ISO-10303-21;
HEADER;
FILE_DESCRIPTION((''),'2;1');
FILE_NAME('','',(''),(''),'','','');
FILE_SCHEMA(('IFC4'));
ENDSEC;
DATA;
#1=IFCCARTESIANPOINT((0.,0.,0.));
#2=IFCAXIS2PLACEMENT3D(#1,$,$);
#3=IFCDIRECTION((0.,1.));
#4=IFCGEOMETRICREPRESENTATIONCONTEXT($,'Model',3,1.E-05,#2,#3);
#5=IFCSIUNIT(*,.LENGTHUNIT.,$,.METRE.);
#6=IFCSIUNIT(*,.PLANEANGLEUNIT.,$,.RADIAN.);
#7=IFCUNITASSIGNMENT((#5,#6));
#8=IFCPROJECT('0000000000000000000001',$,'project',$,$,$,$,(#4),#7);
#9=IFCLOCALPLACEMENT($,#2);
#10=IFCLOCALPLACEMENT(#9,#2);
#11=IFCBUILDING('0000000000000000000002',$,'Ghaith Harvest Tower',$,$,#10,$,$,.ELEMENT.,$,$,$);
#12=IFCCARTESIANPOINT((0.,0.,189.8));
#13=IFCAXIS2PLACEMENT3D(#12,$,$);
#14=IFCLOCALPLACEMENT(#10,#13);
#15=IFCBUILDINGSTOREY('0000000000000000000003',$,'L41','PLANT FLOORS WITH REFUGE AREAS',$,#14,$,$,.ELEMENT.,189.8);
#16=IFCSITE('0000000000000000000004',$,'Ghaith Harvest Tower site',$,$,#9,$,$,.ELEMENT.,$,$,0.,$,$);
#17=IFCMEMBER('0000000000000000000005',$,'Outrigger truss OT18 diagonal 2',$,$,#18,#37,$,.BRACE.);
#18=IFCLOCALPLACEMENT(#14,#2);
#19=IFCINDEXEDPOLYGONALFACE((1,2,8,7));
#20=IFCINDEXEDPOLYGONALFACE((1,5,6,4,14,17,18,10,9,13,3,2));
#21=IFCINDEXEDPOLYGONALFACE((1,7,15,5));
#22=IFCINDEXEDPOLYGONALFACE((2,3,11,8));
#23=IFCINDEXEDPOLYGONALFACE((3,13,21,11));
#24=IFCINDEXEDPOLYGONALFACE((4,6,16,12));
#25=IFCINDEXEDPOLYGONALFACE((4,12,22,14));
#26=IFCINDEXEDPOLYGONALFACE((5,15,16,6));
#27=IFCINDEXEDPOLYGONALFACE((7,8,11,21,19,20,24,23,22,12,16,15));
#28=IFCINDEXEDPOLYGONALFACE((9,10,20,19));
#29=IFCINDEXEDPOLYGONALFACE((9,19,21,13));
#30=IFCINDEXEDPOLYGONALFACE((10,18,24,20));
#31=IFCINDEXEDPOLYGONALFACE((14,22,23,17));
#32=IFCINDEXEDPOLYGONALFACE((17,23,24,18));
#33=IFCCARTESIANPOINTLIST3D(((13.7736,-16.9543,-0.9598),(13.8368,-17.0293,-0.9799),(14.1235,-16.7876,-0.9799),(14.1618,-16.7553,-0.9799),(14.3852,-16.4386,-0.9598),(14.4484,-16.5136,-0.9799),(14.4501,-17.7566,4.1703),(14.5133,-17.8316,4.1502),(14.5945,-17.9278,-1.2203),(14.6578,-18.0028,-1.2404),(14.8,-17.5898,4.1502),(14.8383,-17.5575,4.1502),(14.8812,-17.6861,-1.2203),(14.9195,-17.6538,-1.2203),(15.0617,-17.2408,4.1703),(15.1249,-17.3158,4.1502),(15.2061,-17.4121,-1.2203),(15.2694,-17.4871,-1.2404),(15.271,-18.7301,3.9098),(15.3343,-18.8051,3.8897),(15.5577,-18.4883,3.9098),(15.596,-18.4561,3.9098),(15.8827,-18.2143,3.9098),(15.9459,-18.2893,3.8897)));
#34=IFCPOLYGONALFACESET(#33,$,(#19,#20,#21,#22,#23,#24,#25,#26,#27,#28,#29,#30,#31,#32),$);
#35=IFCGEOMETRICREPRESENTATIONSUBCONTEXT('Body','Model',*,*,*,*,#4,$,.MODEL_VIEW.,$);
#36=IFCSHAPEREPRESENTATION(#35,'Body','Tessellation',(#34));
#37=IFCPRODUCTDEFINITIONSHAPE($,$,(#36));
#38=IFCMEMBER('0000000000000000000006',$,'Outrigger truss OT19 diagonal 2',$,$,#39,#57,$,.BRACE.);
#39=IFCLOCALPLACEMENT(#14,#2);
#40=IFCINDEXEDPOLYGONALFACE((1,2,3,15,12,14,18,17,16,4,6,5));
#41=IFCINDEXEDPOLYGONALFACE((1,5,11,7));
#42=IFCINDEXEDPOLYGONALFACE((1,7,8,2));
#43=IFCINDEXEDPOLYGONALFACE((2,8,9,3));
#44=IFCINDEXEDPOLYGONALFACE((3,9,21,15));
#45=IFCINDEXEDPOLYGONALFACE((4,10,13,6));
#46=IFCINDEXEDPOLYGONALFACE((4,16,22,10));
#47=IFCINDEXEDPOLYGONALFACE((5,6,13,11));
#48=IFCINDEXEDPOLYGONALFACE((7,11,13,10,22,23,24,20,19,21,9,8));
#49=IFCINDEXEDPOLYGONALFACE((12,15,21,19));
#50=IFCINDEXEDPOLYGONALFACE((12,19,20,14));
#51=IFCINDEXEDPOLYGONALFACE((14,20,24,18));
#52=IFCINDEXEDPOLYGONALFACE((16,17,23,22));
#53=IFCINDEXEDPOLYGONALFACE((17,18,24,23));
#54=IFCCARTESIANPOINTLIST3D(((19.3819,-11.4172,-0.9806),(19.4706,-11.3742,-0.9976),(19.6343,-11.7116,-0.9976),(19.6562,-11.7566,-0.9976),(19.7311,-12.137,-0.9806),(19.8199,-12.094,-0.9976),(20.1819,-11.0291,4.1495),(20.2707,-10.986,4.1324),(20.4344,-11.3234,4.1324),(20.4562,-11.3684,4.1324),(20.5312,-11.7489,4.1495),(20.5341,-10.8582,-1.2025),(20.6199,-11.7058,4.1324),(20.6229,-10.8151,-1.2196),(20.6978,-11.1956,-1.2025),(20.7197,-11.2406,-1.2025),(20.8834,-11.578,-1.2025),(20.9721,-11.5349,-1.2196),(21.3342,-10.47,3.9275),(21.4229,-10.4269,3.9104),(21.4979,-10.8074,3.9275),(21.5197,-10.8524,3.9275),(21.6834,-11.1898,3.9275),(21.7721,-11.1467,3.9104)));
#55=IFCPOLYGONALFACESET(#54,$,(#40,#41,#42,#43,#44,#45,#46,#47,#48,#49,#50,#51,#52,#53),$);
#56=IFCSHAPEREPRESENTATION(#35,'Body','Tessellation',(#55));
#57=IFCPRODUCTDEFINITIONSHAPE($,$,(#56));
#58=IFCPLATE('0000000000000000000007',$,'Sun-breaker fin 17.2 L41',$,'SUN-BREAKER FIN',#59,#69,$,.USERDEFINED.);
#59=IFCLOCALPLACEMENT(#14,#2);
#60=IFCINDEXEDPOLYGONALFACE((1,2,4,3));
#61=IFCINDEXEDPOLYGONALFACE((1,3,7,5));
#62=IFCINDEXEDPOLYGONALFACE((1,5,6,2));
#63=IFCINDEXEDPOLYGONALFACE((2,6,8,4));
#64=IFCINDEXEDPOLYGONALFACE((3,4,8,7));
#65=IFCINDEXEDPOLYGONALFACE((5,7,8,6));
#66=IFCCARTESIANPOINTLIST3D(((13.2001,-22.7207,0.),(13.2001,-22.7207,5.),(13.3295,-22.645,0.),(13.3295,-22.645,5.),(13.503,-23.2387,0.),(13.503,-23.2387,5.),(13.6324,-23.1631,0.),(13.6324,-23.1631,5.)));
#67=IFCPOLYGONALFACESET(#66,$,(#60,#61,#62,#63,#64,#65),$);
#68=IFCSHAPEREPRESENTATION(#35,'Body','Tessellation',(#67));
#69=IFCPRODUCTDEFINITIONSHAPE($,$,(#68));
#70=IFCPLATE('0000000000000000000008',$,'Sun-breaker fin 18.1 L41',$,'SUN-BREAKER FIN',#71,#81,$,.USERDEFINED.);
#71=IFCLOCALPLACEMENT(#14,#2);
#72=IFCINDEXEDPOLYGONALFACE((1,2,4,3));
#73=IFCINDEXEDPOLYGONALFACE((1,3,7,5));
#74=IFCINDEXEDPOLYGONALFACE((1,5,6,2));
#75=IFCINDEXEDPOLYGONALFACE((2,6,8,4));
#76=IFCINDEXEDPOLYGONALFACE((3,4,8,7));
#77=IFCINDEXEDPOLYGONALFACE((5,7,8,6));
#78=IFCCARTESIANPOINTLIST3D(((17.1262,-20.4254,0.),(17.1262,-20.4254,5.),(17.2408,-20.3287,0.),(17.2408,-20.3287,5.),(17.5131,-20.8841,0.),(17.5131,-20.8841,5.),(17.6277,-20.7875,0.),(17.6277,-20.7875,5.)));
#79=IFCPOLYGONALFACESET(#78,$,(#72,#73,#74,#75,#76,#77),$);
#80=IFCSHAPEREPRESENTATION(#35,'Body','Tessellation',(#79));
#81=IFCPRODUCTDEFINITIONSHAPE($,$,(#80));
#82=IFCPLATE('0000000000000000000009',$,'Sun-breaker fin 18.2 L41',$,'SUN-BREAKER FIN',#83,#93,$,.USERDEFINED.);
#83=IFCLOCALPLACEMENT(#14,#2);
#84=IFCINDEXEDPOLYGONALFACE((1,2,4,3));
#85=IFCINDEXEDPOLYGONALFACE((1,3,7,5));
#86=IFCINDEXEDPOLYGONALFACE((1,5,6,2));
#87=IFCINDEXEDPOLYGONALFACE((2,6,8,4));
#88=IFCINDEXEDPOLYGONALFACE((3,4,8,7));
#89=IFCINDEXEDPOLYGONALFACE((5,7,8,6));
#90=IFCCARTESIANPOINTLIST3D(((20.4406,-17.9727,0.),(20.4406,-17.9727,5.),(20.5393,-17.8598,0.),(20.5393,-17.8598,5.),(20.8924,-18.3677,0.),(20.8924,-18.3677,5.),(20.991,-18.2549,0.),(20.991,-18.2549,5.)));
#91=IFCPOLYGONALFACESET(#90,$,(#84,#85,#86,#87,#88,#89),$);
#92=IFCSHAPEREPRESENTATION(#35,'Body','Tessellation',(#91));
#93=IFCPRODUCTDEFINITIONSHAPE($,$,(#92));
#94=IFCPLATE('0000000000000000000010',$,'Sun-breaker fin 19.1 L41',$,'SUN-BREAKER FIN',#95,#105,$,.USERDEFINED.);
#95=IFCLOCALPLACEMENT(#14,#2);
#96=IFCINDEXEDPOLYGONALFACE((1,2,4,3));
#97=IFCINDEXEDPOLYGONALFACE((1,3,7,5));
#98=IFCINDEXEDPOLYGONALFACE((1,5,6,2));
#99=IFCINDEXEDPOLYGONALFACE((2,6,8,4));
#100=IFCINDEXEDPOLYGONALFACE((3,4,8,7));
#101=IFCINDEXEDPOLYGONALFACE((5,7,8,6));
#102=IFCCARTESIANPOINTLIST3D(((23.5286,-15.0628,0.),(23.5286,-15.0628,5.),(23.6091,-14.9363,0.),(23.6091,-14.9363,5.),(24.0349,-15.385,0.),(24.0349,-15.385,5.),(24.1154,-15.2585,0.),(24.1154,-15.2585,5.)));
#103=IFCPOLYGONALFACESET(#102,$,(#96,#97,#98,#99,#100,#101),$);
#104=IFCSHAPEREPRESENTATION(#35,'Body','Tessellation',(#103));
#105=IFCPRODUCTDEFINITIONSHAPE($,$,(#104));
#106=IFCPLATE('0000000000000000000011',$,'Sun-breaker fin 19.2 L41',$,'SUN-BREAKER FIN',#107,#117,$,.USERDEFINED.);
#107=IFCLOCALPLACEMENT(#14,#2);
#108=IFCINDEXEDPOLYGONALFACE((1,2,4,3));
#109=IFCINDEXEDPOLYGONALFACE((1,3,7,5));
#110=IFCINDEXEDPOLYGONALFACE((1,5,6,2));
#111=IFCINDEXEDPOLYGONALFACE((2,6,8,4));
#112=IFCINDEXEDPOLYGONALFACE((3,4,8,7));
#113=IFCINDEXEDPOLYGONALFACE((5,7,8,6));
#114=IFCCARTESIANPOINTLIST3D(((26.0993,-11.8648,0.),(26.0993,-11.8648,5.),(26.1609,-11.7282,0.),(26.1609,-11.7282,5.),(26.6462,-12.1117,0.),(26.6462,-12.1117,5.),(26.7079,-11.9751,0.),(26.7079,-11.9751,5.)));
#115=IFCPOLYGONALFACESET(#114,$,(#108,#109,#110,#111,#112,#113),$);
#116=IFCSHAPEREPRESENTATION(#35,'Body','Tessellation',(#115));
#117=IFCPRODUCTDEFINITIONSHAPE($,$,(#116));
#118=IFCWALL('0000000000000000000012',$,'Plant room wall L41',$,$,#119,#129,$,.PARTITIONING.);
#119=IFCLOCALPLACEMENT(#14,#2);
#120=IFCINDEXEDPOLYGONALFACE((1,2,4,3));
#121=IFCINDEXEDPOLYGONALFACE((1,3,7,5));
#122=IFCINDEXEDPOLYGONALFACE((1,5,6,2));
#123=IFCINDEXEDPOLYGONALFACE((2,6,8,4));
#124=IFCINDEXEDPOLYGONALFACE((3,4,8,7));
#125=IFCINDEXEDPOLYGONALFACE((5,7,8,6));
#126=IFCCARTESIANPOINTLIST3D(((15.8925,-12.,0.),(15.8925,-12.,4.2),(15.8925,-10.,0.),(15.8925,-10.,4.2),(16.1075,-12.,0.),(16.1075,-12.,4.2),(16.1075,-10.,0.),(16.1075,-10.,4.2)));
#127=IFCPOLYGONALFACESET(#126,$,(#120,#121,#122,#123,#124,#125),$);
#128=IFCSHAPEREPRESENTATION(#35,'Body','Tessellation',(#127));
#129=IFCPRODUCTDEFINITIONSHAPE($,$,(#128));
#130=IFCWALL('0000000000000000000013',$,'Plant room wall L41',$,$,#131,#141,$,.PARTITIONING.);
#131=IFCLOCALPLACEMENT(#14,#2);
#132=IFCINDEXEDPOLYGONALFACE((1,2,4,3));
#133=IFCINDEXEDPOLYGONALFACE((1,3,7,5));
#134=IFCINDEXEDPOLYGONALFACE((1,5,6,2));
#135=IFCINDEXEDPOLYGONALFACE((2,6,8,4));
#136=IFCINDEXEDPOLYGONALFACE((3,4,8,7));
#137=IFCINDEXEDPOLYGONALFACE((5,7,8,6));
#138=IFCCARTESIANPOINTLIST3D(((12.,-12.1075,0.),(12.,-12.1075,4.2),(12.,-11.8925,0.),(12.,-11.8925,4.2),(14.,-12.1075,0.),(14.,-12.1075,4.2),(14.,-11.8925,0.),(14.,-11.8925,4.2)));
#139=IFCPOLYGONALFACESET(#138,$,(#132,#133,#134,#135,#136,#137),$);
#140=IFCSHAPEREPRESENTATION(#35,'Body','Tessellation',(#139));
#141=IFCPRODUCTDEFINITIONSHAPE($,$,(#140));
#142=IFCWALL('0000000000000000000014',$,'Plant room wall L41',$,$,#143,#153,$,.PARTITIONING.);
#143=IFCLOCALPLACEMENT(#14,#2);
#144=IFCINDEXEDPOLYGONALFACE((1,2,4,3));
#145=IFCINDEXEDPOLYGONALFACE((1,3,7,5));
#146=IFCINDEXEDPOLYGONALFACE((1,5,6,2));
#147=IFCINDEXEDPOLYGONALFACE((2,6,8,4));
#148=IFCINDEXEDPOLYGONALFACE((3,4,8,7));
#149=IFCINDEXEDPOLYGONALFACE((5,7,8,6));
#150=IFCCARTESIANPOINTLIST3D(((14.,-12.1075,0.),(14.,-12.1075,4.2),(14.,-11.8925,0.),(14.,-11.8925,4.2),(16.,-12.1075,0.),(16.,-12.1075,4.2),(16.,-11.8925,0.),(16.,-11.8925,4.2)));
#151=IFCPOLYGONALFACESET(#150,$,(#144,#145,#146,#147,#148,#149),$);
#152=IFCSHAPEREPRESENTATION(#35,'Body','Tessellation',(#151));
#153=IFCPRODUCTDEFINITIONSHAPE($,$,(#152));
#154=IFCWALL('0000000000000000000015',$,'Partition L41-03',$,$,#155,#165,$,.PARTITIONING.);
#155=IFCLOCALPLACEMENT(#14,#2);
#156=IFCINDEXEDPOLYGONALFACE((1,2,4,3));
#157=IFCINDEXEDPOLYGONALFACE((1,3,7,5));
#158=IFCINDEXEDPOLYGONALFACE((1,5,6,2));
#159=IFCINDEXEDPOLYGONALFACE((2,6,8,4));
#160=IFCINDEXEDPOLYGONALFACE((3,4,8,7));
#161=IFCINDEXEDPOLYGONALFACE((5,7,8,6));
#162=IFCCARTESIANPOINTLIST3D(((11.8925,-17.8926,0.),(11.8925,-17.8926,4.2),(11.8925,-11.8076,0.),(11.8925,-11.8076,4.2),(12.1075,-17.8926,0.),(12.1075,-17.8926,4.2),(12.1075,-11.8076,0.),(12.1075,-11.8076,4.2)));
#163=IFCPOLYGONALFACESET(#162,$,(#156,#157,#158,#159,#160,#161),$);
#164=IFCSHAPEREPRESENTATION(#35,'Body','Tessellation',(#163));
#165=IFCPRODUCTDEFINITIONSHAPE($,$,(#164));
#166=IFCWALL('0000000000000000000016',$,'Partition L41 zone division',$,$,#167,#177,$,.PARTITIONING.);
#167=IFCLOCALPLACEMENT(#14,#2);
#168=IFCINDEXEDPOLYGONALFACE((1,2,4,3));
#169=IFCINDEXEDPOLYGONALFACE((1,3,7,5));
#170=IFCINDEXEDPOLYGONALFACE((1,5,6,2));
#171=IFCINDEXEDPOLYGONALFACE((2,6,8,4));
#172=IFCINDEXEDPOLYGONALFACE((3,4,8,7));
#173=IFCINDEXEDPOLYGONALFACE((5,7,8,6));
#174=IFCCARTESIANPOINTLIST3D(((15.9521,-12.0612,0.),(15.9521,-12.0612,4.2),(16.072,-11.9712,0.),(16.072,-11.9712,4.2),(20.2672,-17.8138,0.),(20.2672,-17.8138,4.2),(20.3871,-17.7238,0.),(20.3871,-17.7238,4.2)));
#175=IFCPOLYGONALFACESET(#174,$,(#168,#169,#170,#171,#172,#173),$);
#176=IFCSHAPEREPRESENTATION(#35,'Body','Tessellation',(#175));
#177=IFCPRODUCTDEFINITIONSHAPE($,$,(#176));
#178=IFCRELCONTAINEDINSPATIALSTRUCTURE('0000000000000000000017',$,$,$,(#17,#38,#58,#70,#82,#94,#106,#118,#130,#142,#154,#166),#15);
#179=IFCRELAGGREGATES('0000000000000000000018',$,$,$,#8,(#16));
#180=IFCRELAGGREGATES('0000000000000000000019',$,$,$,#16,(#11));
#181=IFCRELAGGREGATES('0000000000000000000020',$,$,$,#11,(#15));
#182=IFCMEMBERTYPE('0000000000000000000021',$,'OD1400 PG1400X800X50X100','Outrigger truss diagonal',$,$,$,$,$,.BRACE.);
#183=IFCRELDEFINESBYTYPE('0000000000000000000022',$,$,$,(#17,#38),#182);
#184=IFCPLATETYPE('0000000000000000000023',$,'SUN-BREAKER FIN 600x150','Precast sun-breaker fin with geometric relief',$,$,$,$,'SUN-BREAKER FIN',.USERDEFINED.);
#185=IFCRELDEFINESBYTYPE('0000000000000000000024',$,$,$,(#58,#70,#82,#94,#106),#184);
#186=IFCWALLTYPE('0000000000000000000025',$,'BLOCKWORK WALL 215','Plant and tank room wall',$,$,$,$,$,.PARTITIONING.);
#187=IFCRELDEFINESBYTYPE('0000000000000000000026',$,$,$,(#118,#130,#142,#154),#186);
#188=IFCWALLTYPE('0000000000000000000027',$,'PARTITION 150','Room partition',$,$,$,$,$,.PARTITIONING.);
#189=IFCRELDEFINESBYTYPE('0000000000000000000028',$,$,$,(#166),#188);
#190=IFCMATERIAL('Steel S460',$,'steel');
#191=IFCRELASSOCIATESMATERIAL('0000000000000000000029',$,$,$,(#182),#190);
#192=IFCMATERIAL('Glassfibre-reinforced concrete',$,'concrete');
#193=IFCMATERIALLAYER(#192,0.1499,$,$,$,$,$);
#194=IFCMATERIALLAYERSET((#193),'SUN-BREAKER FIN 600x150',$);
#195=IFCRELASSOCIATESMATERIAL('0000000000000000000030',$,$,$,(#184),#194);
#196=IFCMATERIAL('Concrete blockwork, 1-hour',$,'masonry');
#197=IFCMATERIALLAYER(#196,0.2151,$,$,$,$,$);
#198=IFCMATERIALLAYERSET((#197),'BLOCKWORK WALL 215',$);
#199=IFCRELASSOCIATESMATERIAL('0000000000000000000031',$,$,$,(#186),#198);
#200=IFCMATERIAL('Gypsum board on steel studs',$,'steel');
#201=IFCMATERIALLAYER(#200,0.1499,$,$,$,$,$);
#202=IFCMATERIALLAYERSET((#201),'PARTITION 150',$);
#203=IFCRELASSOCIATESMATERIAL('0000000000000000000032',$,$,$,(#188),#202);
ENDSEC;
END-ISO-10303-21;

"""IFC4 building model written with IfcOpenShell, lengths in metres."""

from ifc_helpers import new_model, si_unit, direction, frame, frame_2d, origin, origin_2d, place, context, subcontext, project, spatial, rectangle, i_section, extrude, material, layer, layer_set, material_profile, profile_set, type_object, element, save


model = new_model("IFC4")

# Units and contexts
model_context = context("Model", 3, precision=1e-05, world=origin(), true_north=direction((0.0, 1.0)))
body_context = subcontext(model_context, "Body", "Model", "MODEL_VIEW")
ifc_project = project(units=[si_unit("LENGTHUNIT", "METRE"), si_unit("PLANEANGLEUNIT", "RADIAN")], contexts=[model_context])

# Site, building, storey
site_placement = place(None, origin())
site = spatial("IfcSite", under=ifc_project, at=site_placement, Name="Ghaith Harvest Tower site", CompositionType="ELEMENT", RefElevation=0.0)
building_placement = place(site_placement, origin())
building = spatial("IfcBuilding", under=site, at=building_placement, Name="Ghaith Harvest Tower", CompositionType="ELEMENT")
storey_placement = place(building_placement, frame((0.0, 0.0, 189.8)))
storey = spatial("IfcBuildingStorey", under=building, at=storey_placement, Name="L41", Description="PLANT FLOORS WITH REFUGE AREAS", CompositionType="ELEMENT", Elevation=189.8)

# Members
ifc_material_1 = material(Name="Steel S460", Category="steel")
ifc_material_profile_1 = material_profile(ifc_material_1, i_section(OverallWidth=0.8, OverallDepth=1.3999, WebThickness=0.05, FlangeThickness=0.1001, at=origin_2d()), Name="PG1400X800X50X100")
ifc_profile_set_1 = profile_set([ifc_material_profile_1], Name="Steel S460")
member_type_1 = type_object("IfcMemberType", Name="OD1400 PG1400X800X50X100", Description="Outrigger truss diagonal", PredefinedType="BRACE", material=ifc_profile_set_1)
member_1_placement = place(storey_placement, frame((14.5215, -17.2207, -1.1001), z_axis=(0.129195, -0.153207, 0.979712), x_axis=(0.764471, 0.644659, 0.0)))
element("IfcMember", 1, at=member_1_placement, inside=storey, type_object=member_type_1, Name="Outrigger truss OT18 diagonal 2", PredefinedType="BRACE", context=body_context, shape_type="SweptSolid", body=[
    extrude(i_section(OverallWidth=0.8, OverallDepth=1.3999, WebThickness=0.05, FlangeThickness=0.1001, at=origin_2d()), origin(), (0.0, 0.0, 1.0), 5.2363),
])
member_2_placement = place(storey_placement, frame((20.177, -11.4761, -1.1001), z_axis=(0.15366, 0.074556, 0.985307), x_axis=(-0.436529, 0.89969, 0.0)))
element("IfcMember", 2, at=member_2_placement, inside=storey, type_object=member_type_1, Name="Outrigger truss OT19 diagonal 2", PredefinedType="BRACE", context=body_context, shape_type="SweptSolid", body=[
    extrude(i_section(OverallWidth=0.8, OverallDepth=1.3999, WebThickness=0.05, FlangeThickness=0.1001, at=origin_2d()), origin(), (0.0, 0.0, 1.0), 5.2065),
])

# Plates
ifc_material_2 = material(Name="Glassfibre-reinforced concrete", Category="concrete")
ifc_layer_1 = layer(ifc_material_2, 0.1499)
ifc_layer_set_1 = layer_set([ifc_layer_1], Name="SUN-BREAKER FIN 600x150")
plate_type = type_object("IfcPlateType", Name="SUN-BREAKER FIN 600x150", Description="Precast sun-breaker fin with geometric relief", ElementType="SUN-BREAKER FIN", PredefinedType="USERDEFINED", material=ifc_layer_set_1)
for number, where, z_axis, x_axis, name in (
    (3, (13.4163, -22.9419, 0.0), (0.0, 0.0, 1.0), (0.504811, -0.86323, 0.0), "Sun-breaker fin 17.2 L41"),
    (4, (17.377, -20.6064, 0.0), (0.0, 0.0, 1.0), (0.644657, -0.764472, 0.0), "Sun-breaker fin 18.1 L41"),
    (5, (20.7158, -18.1138, 0.0), (0.0, 0.0, 1.0), (0.752799, -0.65825, 0.0), "Sun-breaker fin 18.2 L41"),
    (6, (23.822, -15.1606, 0.0), (0.0, 0.0, 1.0), (0.843644, -0.536903, 0.0), "Sun-breaker fin 19.1 L41"),
    (7, (26.4036, -11.9199, 0.0), (0.0, 0.0, 1.0), (0.911427, -0.411462, 0.0), "Sun-breaker fin 19.2 L41"),
):
    element("IfcPlate", number, at=place(storey_placement, frame(where, z_axis=z_axis, x_axis=x_axis)), inside=storey, type_object=plate_type, Name=name, ObjectType="SUN-BREAKER FIN", PredefinedType="USERDEFINED", context=body_context, shape_type="SweptSolid", body=[
        extrude(rectangle(XDim=0.6001, YDim=0.1499, at=origin_2d()), origin(), (0.0, 0.0, 1.0), 5.0),
    ])

# Walls
ifc_material_3 = material(Name="Concrete blockwork, 1-hour", Category="masonry")
ifc_layer_2 = layer(ifc_material_3, 0.2151)
ifc_layer_set_2 = layer_set([ifc_layer_2], Name="BLOCKWORK WALL 215")
wall_type_1 = type_object("IfcWallType", Name="BLOCKWORK WALL 215", Description="Plant and tank room wall", PredefinedType="PARTITIONING", material=ifc_layer_set_2)
for number, where, z_axis, x_axis, name in (
    (8, (16.0, -12.0, 0.0), (0.0, 0.0, 1.0), (0.0, 1.0, 0.0), "Plant room wall L41"),
    (9, (12.0, -12.0, 0.0), (0.0, 0.0, 1.0), (1.0, 0.0, 0.0), "Plant room wall L41"),
    (10, (14.0, -12.0, 0.0), (0.0, 0.0, 1.0), (1.0, 0.0, 0.0), "Plant room wall L41"),
):
    element("IfcWall", number, at=place(storey_placement, frame(where, z_axis=z_axis, x_axis=x_axis)), inside=storey, type_object=wall_type_1, Name=name, PredefinedType="PARTITIONING", context=body_context, shape_type="SweptSolid", body=[
        extrude(rectangle(XDim=2.0, YDim=0.2151, at=frame_2d((1.0, 0.0))), origin(), (0.0, 0.0, 1.0), 4.2),
    ])
wall_1_placement = place(storey_placement, frame((12.0, -17.8926, 0.0), z_axis=(0.0, 0.0, 1.0), x_axis=(0.0, 1.0, 0.0)))
element("IfcWall", 11, at=wall_1_placement, inside=storey, type_object=wall_type_1, Name="Partition L41-03", PredefinedType="PARTITIONING", context=body_context, shape_type="SweptSolid", body=[
    extrude(rectangle(XDim=6.085, YDim=0.2151, at=frame_2d((3.0425, 0.0))), origin(), (0.0, 0.0, 1.0), 4.2),
])
ifc_material_4 = material(Name="Gypsum board on steel studs", Category="steel")
ifc_layer_3 = layer(ifc_material_4, 0.1499)
ifc_layer_set_3 = layer_set([ifc_layer_3], Name="PARTITION 150")
wall_type_2 = type_object("IfcWallType", Name="PARTITION 150", Description="Room partition", PredefinedType="PARTITIONING", material=ifc_layer_set_3)
wall_2_placement = place(storey_placement, frame((16.012, -12.0161, 0.0), z_axis=(0.0, 0.0, 1.0), x_axis=(0.60006, -0.799955, 0.0)))
element("IfcWall", 12, at=wall_2_placement, inside=storey, type_object=wall_type_2, Name="Partition L41 zone division", PredefinedType="PARTITIONING", context=body_context, shape_type="SweptSolid", body=[
    extrude(rectangle(XDim=7.1912, YDim=0.1499, at=frame_2d((3.5957, 0.0))), origin(), (0.0, 0.0, 1.0), 4.2),
])

save(model, "model.ifc")
